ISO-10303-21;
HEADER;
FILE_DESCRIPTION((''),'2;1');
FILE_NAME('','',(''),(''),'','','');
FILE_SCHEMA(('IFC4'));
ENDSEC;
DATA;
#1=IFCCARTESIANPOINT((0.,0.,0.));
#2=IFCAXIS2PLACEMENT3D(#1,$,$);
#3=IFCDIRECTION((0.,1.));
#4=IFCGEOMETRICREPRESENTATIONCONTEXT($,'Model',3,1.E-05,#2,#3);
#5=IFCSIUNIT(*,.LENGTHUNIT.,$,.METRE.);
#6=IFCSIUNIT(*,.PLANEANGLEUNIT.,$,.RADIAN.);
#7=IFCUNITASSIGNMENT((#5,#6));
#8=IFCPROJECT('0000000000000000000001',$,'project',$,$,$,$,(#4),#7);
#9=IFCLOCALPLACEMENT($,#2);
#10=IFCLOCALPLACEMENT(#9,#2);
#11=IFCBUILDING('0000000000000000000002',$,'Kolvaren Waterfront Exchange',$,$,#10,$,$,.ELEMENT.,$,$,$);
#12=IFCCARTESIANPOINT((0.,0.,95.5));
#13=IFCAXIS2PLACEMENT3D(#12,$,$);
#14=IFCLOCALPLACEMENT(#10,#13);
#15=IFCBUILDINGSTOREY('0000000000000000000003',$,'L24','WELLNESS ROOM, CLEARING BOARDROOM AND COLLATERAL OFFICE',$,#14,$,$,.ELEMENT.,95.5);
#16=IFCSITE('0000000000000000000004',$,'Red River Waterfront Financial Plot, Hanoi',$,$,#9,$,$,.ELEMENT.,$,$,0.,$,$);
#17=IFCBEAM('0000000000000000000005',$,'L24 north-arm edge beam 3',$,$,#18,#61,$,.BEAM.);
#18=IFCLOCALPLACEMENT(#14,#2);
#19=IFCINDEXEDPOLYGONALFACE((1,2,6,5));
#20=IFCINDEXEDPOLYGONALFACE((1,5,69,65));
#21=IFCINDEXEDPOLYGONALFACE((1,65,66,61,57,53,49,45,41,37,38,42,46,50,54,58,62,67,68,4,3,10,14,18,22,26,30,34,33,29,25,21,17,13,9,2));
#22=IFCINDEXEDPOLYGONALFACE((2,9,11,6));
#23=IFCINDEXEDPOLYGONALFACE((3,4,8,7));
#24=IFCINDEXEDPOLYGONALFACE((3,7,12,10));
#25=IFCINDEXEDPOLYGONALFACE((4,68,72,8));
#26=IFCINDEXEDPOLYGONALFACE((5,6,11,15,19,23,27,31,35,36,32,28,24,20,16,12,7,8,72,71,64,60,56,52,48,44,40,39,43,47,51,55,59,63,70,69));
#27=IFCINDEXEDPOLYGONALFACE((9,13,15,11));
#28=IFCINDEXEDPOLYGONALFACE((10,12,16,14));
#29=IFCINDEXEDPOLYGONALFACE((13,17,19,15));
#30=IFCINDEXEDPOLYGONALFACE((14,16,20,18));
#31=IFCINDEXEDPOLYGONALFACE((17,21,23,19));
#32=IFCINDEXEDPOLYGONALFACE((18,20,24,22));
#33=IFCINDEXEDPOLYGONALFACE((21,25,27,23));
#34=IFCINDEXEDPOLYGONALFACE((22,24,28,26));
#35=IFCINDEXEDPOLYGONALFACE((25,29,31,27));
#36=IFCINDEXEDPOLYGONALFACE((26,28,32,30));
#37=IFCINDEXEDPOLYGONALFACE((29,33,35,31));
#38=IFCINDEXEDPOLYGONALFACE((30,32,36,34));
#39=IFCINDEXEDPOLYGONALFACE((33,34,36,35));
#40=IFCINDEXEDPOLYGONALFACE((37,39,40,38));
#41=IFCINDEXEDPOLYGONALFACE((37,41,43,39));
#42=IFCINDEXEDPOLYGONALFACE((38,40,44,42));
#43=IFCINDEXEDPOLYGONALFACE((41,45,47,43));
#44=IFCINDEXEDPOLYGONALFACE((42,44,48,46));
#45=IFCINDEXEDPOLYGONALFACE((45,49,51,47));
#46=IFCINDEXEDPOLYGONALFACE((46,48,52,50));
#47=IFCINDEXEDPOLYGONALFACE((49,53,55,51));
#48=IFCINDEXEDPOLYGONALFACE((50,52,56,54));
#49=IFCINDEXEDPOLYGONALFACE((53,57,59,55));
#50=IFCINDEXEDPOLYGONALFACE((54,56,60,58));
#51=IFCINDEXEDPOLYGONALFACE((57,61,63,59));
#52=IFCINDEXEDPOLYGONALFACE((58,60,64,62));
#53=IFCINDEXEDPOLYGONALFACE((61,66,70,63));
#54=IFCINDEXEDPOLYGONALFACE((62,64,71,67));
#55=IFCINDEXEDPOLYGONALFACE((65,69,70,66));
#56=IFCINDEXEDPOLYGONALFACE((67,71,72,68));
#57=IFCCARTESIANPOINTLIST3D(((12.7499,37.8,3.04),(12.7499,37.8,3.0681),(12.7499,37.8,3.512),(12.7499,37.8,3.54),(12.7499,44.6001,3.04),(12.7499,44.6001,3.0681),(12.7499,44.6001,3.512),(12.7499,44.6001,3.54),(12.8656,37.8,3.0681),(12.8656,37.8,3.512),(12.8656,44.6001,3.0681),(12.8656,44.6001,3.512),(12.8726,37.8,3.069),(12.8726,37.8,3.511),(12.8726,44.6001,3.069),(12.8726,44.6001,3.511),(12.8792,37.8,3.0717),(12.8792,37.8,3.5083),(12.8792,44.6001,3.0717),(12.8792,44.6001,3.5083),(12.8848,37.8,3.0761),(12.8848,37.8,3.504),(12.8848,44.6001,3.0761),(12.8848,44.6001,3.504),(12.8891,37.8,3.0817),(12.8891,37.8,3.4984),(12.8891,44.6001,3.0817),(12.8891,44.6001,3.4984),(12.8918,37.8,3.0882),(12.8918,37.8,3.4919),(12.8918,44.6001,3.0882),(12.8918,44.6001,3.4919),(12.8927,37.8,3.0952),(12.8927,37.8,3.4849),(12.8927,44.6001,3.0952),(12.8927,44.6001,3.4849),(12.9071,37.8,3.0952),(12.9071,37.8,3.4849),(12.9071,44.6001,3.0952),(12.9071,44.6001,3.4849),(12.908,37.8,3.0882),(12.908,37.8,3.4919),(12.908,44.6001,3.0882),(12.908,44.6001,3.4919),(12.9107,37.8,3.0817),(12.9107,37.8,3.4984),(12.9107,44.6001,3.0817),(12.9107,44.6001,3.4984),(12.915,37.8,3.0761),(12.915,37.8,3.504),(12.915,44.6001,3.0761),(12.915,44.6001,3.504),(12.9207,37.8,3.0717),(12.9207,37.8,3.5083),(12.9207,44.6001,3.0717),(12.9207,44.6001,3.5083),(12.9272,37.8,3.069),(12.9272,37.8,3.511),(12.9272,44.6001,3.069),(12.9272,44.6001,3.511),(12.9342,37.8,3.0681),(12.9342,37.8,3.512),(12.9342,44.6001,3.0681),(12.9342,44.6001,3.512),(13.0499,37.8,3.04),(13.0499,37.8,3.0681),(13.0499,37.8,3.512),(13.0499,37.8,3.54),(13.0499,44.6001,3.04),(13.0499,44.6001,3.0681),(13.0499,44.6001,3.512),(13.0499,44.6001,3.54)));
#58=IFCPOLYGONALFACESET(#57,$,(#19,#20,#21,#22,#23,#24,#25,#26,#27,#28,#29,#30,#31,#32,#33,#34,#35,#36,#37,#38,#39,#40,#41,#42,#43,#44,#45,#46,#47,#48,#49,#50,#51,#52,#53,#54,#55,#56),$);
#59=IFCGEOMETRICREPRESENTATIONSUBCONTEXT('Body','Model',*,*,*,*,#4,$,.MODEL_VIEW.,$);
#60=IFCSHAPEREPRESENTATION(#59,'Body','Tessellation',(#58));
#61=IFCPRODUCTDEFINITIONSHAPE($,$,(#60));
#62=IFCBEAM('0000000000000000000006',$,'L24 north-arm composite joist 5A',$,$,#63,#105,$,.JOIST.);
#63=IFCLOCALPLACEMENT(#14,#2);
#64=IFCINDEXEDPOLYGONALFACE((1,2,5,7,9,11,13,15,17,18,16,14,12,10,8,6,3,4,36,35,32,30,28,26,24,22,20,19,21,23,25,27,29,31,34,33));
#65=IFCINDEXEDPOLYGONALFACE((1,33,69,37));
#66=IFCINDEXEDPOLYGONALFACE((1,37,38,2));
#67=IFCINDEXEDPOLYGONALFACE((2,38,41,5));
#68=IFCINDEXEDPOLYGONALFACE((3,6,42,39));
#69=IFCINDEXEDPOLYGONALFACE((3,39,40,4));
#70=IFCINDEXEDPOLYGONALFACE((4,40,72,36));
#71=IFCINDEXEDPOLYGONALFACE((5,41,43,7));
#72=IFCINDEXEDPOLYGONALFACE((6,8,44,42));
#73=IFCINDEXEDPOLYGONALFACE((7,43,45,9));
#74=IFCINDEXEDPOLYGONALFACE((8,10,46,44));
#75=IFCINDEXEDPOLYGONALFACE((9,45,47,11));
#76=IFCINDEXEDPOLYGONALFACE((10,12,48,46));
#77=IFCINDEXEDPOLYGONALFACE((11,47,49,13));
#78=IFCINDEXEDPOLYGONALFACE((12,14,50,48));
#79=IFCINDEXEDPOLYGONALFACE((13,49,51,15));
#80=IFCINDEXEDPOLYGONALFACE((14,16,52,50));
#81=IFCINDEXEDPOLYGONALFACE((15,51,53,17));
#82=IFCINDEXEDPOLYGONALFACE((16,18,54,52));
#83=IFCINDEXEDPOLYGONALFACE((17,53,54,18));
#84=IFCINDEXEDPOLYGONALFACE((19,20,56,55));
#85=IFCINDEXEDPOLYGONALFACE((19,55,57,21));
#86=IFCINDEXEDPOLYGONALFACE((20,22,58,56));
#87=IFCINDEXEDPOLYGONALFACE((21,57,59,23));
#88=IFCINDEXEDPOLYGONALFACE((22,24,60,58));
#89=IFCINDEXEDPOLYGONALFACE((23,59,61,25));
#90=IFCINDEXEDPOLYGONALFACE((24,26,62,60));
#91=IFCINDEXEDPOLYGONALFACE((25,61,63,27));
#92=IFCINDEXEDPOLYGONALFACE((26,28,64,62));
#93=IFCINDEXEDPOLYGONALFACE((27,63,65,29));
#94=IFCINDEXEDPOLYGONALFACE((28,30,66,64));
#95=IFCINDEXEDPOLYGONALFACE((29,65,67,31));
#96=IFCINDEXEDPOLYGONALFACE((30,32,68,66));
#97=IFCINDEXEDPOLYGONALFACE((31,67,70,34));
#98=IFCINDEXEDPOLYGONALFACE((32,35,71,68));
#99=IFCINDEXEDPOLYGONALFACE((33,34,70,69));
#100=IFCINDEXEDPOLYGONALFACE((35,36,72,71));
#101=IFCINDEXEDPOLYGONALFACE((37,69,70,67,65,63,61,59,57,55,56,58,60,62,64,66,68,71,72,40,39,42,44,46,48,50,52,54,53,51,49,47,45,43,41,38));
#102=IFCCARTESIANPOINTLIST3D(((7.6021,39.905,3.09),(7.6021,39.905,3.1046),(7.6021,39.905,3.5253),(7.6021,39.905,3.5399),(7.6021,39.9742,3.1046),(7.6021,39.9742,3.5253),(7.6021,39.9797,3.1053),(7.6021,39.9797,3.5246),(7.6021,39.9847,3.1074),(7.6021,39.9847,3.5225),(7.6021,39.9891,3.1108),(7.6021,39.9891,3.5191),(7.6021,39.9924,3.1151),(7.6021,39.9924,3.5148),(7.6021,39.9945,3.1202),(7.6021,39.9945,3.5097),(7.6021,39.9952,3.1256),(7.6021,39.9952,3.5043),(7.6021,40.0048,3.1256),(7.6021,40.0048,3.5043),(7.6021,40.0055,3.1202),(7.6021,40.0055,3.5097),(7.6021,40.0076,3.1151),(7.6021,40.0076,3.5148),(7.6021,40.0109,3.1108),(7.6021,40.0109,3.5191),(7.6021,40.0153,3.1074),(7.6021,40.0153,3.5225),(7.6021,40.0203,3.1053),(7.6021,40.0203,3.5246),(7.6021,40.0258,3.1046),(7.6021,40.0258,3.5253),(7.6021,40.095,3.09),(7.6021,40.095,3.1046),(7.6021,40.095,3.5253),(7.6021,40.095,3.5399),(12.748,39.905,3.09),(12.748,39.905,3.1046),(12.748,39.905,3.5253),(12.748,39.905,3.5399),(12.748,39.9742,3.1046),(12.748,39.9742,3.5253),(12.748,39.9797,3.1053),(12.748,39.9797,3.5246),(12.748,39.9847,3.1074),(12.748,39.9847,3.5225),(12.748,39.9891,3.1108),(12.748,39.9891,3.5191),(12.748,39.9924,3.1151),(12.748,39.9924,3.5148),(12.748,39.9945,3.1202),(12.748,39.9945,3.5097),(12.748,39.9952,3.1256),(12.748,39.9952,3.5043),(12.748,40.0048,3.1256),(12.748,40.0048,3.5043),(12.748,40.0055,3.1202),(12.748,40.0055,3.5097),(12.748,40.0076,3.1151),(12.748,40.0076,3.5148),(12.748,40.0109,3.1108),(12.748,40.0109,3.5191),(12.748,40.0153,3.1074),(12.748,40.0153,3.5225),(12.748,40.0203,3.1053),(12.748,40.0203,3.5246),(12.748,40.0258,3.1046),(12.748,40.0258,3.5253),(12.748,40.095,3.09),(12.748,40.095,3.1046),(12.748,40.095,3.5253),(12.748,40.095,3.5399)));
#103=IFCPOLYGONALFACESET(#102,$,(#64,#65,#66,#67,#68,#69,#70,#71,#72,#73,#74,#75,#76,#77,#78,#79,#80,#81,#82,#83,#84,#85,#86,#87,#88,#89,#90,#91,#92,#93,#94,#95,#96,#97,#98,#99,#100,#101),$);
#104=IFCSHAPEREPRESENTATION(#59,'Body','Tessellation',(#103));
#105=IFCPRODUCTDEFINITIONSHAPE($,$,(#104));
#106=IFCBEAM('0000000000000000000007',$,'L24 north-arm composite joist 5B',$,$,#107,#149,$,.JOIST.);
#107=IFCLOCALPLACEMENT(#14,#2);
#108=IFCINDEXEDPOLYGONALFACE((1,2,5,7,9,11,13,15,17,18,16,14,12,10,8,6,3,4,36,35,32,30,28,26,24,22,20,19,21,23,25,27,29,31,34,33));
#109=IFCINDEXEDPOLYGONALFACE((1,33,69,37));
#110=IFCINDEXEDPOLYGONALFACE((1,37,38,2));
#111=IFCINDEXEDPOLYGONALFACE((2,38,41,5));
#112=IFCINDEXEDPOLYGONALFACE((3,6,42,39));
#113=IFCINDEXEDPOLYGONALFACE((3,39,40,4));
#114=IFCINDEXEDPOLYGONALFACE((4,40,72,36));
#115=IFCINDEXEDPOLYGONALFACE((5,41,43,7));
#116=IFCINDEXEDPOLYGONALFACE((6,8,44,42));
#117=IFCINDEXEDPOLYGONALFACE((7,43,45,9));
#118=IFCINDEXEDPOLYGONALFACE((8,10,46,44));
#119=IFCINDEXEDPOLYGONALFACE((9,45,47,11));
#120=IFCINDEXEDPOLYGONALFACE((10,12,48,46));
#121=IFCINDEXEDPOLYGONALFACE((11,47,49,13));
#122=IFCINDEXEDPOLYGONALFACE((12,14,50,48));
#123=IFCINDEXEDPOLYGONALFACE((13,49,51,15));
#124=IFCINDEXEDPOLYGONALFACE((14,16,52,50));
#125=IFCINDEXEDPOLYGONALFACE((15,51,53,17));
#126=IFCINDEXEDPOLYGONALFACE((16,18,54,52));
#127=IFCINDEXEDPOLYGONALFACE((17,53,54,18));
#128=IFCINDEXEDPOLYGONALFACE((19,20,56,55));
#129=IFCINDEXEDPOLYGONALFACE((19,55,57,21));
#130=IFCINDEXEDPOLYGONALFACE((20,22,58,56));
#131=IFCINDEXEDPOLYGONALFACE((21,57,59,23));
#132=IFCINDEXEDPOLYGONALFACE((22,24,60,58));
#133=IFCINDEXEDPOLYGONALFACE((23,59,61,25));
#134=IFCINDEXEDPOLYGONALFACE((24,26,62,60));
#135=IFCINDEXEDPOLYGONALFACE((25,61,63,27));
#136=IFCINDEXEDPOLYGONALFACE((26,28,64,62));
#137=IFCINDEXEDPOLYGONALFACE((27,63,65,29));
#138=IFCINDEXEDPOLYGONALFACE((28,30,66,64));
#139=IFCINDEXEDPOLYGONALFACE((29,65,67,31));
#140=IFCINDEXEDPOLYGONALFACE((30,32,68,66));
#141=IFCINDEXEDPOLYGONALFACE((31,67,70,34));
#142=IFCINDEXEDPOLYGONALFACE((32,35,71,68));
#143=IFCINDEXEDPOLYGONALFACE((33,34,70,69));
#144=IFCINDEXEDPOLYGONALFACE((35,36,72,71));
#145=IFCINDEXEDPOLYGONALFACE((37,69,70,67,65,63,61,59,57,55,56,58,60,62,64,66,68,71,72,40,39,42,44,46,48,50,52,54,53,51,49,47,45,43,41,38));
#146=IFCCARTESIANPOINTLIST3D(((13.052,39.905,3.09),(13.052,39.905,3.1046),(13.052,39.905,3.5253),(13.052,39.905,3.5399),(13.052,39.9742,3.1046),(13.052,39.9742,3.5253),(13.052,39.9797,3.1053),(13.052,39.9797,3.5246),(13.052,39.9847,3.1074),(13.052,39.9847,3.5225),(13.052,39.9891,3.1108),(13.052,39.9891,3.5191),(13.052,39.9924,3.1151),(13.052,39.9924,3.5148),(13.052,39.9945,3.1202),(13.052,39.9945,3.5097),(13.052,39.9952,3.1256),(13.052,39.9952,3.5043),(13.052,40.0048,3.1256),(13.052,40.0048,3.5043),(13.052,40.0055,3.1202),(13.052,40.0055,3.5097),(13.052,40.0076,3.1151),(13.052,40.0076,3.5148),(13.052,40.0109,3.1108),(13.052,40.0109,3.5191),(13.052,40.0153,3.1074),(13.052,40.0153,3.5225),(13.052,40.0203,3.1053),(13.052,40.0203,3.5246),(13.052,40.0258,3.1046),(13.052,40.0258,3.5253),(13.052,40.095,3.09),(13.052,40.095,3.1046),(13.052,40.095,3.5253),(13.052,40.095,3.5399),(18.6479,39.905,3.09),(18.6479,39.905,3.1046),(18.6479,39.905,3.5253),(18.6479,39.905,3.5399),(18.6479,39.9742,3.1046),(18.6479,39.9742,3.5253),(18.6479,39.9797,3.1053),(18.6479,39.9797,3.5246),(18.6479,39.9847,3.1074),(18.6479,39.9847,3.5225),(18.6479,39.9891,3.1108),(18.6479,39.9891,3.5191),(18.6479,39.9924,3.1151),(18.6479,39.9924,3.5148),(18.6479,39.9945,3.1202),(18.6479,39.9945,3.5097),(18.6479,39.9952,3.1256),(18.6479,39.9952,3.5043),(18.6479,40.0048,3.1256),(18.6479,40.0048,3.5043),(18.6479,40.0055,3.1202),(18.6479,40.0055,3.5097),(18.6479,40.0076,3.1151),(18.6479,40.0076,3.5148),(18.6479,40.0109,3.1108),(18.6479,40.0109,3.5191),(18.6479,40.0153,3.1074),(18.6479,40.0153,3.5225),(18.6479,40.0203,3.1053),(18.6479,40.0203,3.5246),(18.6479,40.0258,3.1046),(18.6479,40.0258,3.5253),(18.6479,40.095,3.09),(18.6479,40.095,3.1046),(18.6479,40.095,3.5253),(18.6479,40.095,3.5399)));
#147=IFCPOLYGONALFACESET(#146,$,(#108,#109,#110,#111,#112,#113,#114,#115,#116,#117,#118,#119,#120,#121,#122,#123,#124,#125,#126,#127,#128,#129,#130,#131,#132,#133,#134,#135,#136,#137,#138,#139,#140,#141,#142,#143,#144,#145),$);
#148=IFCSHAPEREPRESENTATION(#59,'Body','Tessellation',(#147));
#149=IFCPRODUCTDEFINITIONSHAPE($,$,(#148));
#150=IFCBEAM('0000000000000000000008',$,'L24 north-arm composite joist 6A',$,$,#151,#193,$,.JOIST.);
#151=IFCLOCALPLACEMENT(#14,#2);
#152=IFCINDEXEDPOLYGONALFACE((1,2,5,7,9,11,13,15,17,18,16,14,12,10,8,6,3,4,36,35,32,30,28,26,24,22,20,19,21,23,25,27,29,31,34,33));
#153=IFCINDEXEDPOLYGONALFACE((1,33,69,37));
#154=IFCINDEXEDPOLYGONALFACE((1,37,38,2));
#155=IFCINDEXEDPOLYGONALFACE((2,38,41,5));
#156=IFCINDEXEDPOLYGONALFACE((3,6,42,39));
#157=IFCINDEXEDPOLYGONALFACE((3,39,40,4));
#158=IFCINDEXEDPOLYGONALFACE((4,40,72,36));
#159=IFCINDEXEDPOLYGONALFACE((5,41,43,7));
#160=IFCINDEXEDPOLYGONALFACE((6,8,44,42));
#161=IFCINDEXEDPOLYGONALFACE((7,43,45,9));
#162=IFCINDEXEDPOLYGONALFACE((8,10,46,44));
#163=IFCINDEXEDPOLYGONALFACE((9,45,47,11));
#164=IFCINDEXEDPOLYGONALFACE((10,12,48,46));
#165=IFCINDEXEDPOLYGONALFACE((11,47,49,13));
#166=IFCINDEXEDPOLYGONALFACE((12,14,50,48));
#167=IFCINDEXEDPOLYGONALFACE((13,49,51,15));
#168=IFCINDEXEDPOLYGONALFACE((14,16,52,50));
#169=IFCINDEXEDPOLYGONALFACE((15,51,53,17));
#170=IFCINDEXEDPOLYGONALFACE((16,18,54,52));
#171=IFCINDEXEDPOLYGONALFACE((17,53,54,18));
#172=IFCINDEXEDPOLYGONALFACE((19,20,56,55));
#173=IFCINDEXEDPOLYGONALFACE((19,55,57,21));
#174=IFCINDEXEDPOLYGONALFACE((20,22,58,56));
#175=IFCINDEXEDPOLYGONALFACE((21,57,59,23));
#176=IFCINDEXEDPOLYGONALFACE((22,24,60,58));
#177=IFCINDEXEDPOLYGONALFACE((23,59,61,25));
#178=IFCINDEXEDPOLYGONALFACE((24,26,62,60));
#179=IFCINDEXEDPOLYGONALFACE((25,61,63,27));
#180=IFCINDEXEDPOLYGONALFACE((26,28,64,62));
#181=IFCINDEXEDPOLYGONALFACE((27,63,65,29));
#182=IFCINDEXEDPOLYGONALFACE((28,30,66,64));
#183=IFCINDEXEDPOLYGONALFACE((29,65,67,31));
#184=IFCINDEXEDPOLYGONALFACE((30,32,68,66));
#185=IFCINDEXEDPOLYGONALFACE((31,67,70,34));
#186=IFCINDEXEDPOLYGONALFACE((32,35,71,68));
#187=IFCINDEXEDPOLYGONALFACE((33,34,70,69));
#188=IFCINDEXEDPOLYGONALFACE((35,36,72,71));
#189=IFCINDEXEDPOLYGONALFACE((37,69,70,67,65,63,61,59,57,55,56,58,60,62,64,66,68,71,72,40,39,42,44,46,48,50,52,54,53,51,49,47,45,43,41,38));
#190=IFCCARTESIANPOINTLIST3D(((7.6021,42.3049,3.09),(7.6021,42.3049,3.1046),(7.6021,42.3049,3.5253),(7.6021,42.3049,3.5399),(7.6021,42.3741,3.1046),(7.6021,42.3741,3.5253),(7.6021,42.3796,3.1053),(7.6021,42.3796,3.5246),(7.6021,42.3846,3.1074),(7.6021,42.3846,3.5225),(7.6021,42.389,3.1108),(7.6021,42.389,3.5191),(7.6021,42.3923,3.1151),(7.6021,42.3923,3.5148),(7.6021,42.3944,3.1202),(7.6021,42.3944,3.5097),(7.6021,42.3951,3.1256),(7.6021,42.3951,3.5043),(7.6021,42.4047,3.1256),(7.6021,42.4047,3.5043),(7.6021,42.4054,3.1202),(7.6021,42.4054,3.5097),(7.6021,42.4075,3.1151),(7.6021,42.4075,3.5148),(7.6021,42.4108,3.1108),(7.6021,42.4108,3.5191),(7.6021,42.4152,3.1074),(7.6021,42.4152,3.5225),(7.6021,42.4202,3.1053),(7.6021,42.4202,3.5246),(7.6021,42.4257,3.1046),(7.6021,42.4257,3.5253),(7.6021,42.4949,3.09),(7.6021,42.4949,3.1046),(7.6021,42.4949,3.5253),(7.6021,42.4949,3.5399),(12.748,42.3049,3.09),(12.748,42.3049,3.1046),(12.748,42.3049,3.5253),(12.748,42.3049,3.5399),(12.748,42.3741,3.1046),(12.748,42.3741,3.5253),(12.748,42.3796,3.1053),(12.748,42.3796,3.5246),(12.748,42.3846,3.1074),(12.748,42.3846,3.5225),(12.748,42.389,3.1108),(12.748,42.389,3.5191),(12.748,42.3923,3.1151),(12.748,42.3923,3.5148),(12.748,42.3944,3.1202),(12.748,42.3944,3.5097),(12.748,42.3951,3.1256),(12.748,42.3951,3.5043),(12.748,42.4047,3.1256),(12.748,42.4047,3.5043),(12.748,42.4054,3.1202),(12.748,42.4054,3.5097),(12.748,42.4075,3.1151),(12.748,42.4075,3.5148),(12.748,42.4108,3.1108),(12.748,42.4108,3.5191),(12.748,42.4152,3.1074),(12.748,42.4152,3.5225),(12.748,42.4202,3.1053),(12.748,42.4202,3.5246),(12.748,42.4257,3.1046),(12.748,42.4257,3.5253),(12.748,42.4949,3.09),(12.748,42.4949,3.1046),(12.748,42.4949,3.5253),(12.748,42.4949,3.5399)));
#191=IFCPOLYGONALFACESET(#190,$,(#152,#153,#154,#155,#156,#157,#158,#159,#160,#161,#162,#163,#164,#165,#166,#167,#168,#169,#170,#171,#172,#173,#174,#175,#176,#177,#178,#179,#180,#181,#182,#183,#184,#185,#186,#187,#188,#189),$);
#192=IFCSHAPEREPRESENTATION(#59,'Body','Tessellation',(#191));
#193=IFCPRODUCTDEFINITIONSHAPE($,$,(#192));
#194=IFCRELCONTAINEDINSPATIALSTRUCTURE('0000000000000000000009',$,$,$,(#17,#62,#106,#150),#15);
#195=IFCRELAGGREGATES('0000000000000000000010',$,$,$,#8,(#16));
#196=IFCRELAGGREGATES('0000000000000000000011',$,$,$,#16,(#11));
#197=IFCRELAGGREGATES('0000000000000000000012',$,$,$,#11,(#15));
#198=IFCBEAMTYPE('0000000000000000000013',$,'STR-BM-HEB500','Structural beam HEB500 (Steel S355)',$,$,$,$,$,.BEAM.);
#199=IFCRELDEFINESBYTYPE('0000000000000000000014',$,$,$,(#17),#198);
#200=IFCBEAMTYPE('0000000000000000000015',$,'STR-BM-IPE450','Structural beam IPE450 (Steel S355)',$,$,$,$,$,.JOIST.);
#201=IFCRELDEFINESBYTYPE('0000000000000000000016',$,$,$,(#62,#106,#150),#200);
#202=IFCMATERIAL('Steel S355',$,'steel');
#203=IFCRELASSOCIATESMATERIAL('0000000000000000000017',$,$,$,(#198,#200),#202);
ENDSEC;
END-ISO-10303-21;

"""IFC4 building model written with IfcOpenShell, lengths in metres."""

from ifc_helpers import new_model, si_unit, direction, frame, origin, origin_2d, place, context, subcontext, project, spatial, i_section, extrude, material, material_profile, profile_set, type_object, element, save


model = new_model("IFC4")

# Units and contexts
model_context = context("Model", 3, precision=1e-05, world=origin(), true_north=direction((0.0, 1.0)))
body_context = subcontext(model_context, "Body", "Model", "MODEL_VIEW")
ifc_project = project(units=[si_unit("LENGTHUNIT", "METRE"), si_unit("PLANEANGLEUNIT", "RADIAN")], contexts=[model_context])

# Site, building, storey
site_placement = place(None, origin())
site = spatial("IfcSite", under=ifc_project, at=site_placement, Name="Red River Waterfront Financial Plot, Hanoi", CompositionType="ELEMENT", RefElevation=0.0)
building_placement = place(site_placement, origin())
building = spatial("IfcBuilding", under=site, at=building_placement, Name="Kolvaren Waterfront Exchange", CompositionType="ELEMENT")
storey_placement = place(building_placement, frame((0.0, 0.0, 95.5)))
storey = spatial("IfcBuildingStorey", under=building, at=storey_placement, Name="L24", Description="WELLNESS ROOM, CLEARING BOARDROOM AND COLLATERAL OFFICE", CompositionType="ELEMENT", Elevation=95.5)

# Beams
ifc_material_1 = material(Name="Steel S355", Category="steel")
ifc_material_profile_1 = material_profile(ifc_material_1, i_section(OverallWidth=0.3, OverallDepth=0.5, WebThickness=0.0144, FlangeThickness=0.0281, FilletRadius=0.0271, at=origin_2d()), Name="HEB500")
ifc_profile_set_1 = profile_set([ifc_material_profile_1], Name="Steel S355")
beam_type_1 = type_object("IfcBeamType", Name="STR-BM-HEB500", Description="Structural beam HEB500 (Steel S355)", PredefinedType="BEAM", material=ifc_profile_set_1)
beam_1_placement = place(storey_placement, frame((12.8999, 37.8, 3.29), z_axis=(0.0, 1.0, 0.0), x_axis=(-1.0, 0.0, 0.0)))
element("IfcBeam", 1, at=beam_1_placement, inside=storey, type_object=beam_type_1, Name="L24 north-arm edge beam 3", PredefinedType="BEAM", context=body_context, shape_type="SweptSolid", body=[
    extrude(i_section(OverallWidth=0.3, OverallDepth=0.5, WebThickness=0.0144, FlangeThickness=0.0281, FilletRadius=0.0271, at=origin_2d()), origin(), (0.0, 0.0, 1.0), 6.8),
])
ifc_material_profile_2 = material_profile(ifc_material_1, i_section(OverallWidth=0.1899, OverallDepth=0.45, WebThickness=0.0095, FlangeThickness=0.0146, FilletRadius=0.021, at=origin_2d()), Name="IPE450")
ifc_profile_set_2 = profile_set([ifc_material_profile_2], Name="Steel S355")
beam_type_2 = type_object("IfcBeamType", Name="STR-BM-IPE450", Description="Structural beam IPE450 (Steel S355)", PredefinedType="JOIST", material=ifc_profile_set_2)
beam_2_placement = place(storey_placement, frame((7.6021, 40.0, 3.3149), z_axis=(1.0, 0.0, 0.0), x_axis=(0.0, 1.0, 0.0)))
element("IfcBeam", 2, at=beam_2_placement, inside=storey, type_object=beam_type_2, Name="L24 north-arm composite joist 5A", PredefinedType="JOIST", context=body_context, shape_type="SweptSolid", body=[
    extrude(i_section(OverallWidth=0.1899, OverallDepth=0.45, WebThickness=0.0095, FlangeThickness=0.0146, FilletRadius=0.021, at=origin_2d()), origin(), (0.0, 0.0, 1.0), 5.146),
])
beam_3_placement = place(storey_placement, frame((13.052, 40.0, 3.3149), z_axis=(1.0, 0.0, 0.0), x_axis=(0.0, 1.0, 0.0)))
element("IfcBeam", 3, at=beam_3_placement, inside=storey, type_object=beam_type_2, Name="L24 north-arm composite joist 5B", PredefinedType="JOIST", context=body_context, shape_type="SweptSolid", body=[
    extrude(i_section(OverallWidth=0.1899, OverallDepth=0.45, WebThickness=0.0095, FlangeThickness=0.0146, FilletRadius=0.021, at=origin_2d()), origin(), (0.0, 0.0, 1.0), 5.5959),
])
beam_4_placement = place(storey_placement, frame((7.6021, 42.3999, 3.3149), z_axis=(1.0, 0.0, 0.0), x_axis=(0.0, 1.0, 0.0)))
element("IfcBeam", 4, at=beam_4_placement, inside=storey, type_object=beam_type_2, Name="L24 north-arm composite joist 6A", PredefinedType="JOIST", context=body_context, shape_type="SweptSolid", body=[
    extrude(i_section(OverallWidth=0.1899, OverallDepth=0.45, WebThickness=0.0095, FlangeThickness=0.0146, FilletRadius=0.021, at=origin_2d()), origin(), (0.0, 0.0, 1.0), 5.146),
])

save(model, "model.ifc")
